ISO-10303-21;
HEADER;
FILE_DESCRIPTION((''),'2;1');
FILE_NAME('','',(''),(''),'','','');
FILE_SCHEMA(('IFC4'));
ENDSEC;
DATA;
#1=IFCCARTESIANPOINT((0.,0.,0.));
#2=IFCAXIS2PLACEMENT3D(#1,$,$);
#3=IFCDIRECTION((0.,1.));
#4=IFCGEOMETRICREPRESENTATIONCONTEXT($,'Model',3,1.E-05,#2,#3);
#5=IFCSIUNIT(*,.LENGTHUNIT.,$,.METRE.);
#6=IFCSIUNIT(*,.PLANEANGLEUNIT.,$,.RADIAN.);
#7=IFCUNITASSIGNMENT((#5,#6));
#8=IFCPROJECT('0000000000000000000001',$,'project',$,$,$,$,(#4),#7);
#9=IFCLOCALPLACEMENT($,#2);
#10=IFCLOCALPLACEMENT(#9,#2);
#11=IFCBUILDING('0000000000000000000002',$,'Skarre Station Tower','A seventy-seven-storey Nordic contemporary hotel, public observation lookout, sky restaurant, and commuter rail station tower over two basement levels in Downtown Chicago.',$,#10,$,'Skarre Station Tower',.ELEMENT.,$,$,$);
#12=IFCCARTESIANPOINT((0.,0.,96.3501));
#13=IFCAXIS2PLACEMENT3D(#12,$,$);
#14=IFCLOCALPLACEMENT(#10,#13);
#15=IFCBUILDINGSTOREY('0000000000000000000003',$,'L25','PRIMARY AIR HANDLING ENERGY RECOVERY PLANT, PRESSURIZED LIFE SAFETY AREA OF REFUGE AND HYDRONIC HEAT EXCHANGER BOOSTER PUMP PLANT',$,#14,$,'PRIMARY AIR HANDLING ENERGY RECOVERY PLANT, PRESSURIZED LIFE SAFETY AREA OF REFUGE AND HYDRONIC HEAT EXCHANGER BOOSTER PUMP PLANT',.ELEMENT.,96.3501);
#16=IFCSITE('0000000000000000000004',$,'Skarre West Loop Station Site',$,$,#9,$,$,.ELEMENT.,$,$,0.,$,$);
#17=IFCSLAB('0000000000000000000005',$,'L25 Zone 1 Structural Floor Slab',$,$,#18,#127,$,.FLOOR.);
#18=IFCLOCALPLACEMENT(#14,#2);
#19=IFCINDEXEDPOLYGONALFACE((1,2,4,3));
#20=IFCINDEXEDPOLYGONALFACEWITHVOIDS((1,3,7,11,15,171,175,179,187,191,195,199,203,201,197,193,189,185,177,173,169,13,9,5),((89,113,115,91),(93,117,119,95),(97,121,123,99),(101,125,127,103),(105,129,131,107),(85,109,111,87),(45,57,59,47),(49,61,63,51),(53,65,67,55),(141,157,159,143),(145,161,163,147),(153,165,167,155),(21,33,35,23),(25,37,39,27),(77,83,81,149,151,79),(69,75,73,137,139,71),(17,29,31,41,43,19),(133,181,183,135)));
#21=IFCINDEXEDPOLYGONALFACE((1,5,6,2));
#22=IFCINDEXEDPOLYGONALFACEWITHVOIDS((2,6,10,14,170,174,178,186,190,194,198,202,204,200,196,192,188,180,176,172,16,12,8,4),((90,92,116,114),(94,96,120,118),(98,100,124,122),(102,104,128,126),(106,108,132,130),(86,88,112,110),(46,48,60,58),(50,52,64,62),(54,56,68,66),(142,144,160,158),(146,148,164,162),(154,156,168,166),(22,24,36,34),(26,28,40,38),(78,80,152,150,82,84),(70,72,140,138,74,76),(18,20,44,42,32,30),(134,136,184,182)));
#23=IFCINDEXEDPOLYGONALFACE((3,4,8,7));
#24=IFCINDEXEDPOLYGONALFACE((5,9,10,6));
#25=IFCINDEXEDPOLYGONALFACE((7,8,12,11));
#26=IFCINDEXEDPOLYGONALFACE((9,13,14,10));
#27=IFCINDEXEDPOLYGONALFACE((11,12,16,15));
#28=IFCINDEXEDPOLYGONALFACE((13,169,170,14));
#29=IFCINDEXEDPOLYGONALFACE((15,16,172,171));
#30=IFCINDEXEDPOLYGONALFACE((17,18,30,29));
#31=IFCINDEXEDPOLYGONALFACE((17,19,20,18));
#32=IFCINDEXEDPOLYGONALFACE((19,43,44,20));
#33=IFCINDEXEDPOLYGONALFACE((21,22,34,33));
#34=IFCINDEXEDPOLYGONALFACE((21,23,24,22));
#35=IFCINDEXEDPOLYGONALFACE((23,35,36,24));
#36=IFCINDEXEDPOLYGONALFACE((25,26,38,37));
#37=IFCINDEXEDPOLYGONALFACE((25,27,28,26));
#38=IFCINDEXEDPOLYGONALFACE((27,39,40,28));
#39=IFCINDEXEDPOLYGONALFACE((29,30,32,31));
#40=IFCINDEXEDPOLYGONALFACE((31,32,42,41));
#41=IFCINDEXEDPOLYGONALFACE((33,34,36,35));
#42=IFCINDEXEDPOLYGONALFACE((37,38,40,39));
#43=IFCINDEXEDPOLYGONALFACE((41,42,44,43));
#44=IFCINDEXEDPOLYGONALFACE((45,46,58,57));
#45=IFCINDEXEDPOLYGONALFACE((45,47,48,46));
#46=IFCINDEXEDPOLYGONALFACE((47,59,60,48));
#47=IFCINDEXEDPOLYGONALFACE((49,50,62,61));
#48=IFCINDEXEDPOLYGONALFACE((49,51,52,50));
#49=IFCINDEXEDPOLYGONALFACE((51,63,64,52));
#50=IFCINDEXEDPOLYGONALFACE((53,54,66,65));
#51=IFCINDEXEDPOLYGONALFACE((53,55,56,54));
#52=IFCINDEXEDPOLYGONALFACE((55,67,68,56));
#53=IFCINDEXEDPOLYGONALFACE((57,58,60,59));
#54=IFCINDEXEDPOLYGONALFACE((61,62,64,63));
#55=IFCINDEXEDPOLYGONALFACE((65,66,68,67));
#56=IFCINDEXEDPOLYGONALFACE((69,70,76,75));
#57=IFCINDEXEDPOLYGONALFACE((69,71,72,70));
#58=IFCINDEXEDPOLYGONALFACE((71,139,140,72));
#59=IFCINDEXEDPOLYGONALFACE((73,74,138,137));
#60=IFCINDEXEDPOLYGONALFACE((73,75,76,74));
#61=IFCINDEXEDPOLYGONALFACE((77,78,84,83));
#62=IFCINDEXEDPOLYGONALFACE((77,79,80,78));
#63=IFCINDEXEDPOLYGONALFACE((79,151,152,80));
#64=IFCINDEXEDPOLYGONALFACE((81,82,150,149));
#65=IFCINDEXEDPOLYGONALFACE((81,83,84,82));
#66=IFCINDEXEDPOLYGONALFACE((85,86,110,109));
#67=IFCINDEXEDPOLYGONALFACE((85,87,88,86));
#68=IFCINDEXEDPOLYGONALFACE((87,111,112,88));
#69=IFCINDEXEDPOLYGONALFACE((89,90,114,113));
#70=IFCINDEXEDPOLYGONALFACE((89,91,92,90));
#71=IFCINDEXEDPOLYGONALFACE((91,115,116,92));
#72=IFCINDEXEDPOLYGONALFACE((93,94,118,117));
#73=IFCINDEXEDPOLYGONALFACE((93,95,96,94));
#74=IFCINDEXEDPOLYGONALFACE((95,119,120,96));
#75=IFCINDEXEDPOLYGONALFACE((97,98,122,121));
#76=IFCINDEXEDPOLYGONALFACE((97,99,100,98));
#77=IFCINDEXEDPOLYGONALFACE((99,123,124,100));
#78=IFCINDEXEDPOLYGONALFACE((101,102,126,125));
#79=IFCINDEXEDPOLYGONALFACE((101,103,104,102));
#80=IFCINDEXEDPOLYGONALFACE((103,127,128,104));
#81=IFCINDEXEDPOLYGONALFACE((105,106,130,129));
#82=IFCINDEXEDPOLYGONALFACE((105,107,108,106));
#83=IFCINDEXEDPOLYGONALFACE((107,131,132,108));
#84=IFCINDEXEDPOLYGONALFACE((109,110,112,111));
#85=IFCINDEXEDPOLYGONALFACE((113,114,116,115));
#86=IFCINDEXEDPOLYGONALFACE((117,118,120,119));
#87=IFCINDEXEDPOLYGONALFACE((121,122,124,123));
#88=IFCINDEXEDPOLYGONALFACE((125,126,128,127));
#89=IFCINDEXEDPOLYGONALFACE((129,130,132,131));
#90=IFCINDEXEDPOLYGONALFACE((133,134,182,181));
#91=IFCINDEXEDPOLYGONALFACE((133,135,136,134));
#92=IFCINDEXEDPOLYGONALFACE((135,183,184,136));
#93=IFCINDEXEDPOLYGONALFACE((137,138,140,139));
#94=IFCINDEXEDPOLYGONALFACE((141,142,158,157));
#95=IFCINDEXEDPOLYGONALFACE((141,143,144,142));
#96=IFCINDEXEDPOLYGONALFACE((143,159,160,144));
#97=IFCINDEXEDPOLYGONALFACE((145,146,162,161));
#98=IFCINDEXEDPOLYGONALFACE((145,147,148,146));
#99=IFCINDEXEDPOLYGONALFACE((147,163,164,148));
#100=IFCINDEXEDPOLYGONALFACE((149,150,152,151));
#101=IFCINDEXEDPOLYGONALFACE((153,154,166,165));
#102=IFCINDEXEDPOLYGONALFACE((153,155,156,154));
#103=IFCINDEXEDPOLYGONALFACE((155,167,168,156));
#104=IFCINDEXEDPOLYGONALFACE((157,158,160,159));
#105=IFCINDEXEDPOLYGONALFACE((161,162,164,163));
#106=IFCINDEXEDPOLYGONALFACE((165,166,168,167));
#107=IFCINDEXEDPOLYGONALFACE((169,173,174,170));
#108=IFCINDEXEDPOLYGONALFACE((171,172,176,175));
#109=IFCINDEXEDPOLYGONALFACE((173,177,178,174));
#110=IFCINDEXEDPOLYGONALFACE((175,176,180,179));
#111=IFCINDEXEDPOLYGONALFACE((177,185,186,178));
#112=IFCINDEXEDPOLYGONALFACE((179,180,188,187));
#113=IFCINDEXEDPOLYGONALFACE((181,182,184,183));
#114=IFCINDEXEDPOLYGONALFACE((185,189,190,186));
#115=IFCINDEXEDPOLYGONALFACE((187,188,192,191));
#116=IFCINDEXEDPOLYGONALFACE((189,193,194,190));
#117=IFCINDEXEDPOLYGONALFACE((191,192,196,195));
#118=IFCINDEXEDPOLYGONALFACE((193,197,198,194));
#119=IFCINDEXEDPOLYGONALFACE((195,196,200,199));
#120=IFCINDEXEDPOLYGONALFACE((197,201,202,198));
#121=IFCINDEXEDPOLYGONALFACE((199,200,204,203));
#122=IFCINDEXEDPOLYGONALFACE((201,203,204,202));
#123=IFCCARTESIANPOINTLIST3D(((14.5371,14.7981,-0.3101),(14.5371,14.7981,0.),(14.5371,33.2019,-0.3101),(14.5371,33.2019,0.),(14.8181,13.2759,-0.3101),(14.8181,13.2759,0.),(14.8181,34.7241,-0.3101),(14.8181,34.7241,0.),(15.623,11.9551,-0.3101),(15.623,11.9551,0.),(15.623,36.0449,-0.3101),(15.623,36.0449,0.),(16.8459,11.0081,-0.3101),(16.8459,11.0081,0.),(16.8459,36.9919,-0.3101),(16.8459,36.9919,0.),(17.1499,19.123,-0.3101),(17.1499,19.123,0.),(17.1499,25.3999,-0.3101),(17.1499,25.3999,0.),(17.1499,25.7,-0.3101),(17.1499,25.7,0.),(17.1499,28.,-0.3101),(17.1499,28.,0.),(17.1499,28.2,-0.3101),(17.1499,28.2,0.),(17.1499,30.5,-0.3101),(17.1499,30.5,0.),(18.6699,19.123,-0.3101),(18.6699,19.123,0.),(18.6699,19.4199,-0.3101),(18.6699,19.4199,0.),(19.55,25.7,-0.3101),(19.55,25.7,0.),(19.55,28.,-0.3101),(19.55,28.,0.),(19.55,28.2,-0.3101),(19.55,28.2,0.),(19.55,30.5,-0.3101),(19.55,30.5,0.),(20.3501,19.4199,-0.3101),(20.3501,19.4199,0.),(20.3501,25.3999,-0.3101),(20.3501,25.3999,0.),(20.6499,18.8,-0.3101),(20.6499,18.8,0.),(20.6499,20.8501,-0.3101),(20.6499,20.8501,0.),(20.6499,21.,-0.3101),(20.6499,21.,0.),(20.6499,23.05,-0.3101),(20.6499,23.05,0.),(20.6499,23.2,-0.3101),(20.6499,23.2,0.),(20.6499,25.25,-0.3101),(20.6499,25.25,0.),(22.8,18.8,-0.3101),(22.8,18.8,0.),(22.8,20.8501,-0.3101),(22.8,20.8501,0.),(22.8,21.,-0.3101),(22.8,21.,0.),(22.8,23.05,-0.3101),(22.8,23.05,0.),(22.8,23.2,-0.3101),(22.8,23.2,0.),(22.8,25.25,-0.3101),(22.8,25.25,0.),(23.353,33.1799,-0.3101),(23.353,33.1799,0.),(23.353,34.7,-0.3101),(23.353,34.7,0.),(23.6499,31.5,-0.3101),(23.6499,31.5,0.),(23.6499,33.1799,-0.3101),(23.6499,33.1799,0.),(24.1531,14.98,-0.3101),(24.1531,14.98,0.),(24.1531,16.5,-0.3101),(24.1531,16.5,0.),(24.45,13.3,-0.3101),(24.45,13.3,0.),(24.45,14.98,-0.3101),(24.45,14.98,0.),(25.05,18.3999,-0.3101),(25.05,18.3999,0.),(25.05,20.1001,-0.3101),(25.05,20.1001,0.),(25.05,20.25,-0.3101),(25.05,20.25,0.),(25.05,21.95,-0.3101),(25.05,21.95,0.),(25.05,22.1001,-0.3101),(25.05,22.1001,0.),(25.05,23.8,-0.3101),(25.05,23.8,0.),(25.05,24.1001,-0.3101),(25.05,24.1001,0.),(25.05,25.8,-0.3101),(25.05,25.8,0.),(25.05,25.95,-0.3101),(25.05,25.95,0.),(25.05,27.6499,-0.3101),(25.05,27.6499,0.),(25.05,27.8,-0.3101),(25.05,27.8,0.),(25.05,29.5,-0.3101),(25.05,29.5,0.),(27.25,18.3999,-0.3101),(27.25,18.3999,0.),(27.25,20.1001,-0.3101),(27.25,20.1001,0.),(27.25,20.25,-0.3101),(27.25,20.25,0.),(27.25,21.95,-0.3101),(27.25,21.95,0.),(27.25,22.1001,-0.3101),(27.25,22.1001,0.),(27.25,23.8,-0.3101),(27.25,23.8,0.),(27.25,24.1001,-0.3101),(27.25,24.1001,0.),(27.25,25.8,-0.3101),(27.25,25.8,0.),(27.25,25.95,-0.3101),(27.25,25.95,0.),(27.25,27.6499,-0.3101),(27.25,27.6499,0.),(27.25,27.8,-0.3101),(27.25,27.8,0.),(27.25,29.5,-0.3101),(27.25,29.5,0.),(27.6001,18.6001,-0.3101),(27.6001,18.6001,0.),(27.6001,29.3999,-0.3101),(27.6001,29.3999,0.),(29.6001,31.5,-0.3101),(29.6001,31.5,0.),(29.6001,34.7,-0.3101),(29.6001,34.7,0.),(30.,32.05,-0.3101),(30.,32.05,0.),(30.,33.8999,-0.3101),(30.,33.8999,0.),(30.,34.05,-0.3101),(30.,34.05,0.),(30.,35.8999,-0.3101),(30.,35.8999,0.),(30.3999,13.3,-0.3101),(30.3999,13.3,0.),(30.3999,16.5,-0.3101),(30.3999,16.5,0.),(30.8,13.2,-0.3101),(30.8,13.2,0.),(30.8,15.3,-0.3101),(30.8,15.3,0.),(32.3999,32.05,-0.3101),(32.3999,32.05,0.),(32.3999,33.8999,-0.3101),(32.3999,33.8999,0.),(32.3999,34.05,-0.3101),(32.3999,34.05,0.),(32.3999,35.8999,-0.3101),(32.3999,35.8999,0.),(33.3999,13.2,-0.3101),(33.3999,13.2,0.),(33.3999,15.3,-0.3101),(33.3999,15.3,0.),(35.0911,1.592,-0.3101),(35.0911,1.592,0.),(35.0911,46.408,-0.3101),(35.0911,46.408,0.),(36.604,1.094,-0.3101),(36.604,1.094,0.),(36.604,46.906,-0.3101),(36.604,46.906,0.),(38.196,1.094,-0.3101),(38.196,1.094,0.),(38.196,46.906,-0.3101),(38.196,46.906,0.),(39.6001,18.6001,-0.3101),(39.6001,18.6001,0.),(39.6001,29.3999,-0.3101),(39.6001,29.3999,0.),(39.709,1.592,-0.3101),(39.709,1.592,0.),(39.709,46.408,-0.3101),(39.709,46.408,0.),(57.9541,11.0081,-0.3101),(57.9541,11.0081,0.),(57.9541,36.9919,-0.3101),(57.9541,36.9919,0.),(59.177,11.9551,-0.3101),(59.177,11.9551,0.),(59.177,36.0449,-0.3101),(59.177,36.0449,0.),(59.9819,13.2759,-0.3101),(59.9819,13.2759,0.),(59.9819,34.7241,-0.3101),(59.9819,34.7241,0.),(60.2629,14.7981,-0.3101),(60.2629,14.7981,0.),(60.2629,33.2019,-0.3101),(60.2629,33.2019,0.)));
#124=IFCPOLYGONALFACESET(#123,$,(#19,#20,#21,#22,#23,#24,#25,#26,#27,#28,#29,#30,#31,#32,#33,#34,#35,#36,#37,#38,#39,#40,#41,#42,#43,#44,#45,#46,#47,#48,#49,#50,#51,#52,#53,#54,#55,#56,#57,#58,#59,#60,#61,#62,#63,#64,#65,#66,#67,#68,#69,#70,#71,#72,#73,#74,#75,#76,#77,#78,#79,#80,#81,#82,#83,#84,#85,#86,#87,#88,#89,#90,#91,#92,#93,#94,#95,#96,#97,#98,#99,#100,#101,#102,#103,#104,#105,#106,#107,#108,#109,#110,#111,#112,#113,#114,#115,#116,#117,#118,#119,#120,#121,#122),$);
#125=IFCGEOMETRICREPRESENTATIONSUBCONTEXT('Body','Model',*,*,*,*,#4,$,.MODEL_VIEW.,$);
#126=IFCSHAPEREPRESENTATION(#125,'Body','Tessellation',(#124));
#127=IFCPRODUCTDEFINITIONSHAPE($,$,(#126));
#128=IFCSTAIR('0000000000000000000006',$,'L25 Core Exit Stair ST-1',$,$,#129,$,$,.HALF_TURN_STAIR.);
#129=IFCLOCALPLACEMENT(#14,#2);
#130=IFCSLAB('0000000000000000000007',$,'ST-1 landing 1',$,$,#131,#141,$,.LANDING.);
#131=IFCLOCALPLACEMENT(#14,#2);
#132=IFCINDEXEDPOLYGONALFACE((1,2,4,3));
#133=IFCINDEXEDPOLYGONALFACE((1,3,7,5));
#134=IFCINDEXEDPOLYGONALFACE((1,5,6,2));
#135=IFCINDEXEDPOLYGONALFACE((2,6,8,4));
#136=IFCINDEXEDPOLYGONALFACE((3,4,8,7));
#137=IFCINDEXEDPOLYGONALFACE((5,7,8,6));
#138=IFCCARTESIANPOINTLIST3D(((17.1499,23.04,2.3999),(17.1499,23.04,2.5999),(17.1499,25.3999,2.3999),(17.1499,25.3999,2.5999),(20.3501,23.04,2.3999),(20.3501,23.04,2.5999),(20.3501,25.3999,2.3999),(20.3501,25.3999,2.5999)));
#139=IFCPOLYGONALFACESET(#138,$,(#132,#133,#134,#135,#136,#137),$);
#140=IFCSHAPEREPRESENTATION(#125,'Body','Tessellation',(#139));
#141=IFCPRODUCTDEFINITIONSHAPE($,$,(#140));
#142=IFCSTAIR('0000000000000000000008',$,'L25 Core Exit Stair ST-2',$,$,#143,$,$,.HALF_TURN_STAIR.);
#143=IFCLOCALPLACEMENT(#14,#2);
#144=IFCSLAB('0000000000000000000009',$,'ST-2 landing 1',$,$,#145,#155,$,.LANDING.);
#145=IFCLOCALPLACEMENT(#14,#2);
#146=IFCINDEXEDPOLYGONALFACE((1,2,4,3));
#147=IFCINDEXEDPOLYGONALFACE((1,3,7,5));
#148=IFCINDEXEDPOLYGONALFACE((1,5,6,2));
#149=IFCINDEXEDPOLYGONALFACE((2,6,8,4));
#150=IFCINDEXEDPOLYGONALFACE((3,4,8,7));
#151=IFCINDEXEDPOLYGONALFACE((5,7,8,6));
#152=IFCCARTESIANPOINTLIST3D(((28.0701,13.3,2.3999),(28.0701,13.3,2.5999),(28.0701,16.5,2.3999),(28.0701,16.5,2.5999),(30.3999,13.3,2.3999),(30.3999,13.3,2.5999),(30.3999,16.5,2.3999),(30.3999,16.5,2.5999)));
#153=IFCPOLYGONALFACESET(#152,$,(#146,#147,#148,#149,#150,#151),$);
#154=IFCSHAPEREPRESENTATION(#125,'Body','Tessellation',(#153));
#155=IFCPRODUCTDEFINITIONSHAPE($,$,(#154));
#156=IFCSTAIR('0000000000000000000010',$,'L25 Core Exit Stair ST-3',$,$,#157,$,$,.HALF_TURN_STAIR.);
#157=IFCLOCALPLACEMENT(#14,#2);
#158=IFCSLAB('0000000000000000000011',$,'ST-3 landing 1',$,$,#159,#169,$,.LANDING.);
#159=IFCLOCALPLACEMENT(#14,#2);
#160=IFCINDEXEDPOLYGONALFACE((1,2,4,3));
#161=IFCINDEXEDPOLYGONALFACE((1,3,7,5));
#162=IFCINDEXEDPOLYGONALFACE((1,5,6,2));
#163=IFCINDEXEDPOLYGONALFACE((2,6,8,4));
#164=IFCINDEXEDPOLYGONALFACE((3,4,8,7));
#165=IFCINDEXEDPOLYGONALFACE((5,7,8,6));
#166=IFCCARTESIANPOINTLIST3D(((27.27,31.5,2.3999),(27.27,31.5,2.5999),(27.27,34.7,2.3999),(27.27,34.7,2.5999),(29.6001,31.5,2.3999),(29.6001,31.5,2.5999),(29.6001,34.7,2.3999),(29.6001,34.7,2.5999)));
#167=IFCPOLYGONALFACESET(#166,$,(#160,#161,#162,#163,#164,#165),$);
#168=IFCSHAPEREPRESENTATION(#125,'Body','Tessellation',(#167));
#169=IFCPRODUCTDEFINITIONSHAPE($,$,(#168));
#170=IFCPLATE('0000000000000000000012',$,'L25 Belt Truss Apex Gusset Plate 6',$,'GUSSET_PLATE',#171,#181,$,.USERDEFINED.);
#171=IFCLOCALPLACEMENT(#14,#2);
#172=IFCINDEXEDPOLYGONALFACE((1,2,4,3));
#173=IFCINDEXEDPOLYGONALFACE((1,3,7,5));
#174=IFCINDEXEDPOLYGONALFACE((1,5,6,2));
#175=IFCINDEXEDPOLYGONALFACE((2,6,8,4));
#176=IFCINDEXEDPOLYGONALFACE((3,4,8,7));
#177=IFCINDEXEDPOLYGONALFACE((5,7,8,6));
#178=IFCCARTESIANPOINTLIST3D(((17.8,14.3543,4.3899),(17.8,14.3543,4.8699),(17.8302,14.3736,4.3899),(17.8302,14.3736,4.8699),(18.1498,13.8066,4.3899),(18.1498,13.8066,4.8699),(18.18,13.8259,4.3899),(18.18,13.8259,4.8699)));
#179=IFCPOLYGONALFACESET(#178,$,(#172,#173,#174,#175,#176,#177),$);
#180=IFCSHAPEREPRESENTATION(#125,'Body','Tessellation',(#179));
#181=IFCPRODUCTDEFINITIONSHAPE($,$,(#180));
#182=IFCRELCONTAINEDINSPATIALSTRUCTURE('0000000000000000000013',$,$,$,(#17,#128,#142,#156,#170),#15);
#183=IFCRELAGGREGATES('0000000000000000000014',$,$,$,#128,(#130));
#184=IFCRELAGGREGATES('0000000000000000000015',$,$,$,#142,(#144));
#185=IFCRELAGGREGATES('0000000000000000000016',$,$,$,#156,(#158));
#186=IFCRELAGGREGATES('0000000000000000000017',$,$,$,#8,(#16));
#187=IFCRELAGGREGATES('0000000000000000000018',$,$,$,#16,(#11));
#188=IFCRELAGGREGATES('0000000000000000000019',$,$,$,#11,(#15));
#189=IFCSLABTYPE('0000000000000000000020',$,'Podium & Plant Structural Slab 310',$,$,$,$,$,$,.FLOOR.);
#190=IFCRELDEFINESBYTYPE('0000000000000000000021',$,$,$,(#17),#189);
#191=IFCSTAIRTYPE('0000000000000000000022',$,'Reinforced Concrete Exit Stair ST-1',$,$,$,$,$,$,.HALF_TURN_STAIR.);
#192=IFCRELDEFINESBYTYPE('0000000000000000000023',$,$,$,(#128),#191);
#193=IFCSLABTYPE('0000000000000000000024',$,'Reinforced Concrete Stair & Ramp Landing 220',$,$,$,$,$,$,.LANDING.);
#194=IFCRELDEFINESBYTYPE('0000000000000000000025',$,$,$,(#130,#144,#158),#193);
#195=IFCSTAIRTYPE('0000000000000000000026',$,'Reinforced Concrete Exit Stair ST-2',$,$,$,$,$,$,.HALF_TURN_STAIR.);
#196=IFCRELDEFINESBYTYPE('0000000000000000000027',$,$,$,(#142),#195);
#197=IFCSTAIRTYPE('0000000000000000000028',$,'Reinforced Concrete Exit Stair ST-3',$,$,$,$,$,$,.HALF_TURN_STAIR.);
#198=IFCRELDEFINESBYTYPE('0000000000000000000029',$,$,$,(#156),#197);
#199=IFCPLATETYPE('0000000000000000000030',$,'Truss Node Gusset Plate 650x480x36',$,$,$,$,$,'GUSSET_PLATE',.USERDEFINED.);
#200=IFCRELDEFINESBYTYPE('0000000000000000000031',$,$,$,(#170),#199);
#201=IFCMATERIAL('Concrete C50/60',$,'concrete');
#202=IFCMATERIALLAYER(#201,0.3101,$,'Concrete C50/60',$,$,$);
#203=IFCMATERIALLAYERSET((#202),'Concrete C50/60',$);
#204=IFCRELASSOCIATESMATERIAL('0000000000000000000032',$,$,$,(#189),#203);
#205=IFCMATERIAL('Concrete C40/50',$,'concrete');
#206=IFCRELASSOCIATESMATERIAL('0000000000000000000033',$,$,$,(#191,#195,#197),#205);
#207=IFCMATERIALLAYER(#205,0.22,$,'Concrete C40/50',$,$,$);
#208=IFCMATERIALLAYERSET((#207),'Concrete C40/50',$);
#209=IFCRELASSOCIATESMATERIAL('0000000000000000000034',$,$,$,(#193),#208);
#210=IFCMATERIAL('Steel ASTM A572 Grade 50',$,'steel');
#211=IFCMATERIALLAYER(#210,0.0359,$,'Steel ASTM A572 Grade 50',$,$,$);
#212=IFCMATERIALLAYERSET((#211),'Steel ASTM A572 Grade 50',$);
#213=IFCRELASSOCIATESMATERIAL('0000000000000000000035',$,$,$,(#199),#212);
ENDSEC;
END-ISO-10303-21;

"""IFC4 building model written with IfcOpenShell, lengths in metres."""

from ifc_helpers import new_model, si_unit, direction, frame, origin, origin_2d, place, context, subcontext, project, spatial, polyline, rectangle, outline, extrude, material, layer, layer_set, type_object, element, aggregate, save


model = new_model("IFC4")

# Units and contexts
model_context = context("Model", 3, precision=1e-05, world=origin(), true_north=direction((0.0, 1.0)))
body_context = subcontext(model_context, "Body", "Model", "MODEL_VIEW")
ifc_project = project(units=[si_unit("LENGTHUNIT", "METRE"), si_unit("PLANEANGLEUNIT", "RADIAN")], contexts=[model_context])

# Site, building, storey
site_placement = place(None, origin())
site = spatial("IfcSite", under=ifc_project, at=site_placement, Name="Skarre West Loop Station Site", CompositionType="ELEMENT", RefElevation=0.0)
building_placement = place(site_placement, origin())
building = spatial("IfcBuilding", under=site, at=building_placement, Name="Skarre Station Tower", Description="A seventy-seven-storey Nordic contemporary hotel, public observation lookout, sky restaurant, and commuter rail station tower over two basement levels in Downtown Chicago.", LongName="Skarre Station Tower", CompositionType="ELEMENT")
storey_placement = place(building_placement, frame((0.0, 0.0, 96.3501)))
storey = spatial("IfcBuildingStorey", under=building, at=storey_placement, Name="L25", Description="PRIMARY AIR HANDLING ENERGY RECOVERY PLANT, PRESSURIZED LIFE SAFETY AREA OF REFUGE AND HYDRONIC HEAT EXCHANGER BOOSTER PUMP PLANT", LongName="PRIMARY AIR HANDLING ENERGY RECOVERY PLANT, PRESSURIZED LIFE SAFETY AREA OF REFUGE AND HYDRONIC HEAT EXCHANGER BOOSTER PUMP PLANT", CompositionType="ELEMENT", Elevation=96.3501)

# Shared definitions
ifc_material_1 = material(Name="Steel ASTM A572 Grade 50", Category="steel")

# Slab
ifc_material_2 = material(Name="Concrete C50/60", Category="concrete")
ifc_layer_1 = layer(ifc_material_2, 0.3101, Name="Concrete C50/60")
ifc_layer_set_1 = layer_set([ifc_layer_1], Name="Concrete C50/60")
slab_type_1 = type_object("IfcSlabType", Name="Podium & Plant Structural Slab 310", PredefinedType="FLOOR", material=ifc_layer_set_1)
slab_1_placement = place(storey_placement, frame((0.0, 0.0, -0.3101)))
element("IfcSlab", 1, at=slab_1_placement, inside=storey, type_object=slab_type_1, Name="L25 Zone 1 Structural Floor Slab", PredefinedType="FLOOR", context=body_context, shape_type="SweptSolid", body=[
    extrude(outline(polyline([(60.2629, 33.2019), (59.9819, 34.7241), (59.177, 36.0449), (57.9541, 36.9919), (39.709, 46.408), (38.196, 46.906), (36.604, 46.906), (35.0911, 46.408), (16.8459, 36.9919), (15.623, 36.0449), (14.8181, 34.7241), (14.5371, 33.2019), (14.5371, 14.7981), (14.8181, 13.2759), (15.623, 11.9551), (16.8459, 11.0081), (35.0911, 1.592), (36.604, 1.094), (38.196, 1.094), (39.709, 1.592), (57.9541, 11.0081), (59.177, 11.9551), (59.9819, 13.2759), (60.2629, 14.7981), (60.2629, 33.2019)]), holes=[polyline([(18.6699, 19.4199), (18.6699, 19.123), (17.1499, 19.123), (17.1499, 25.3999), (20.3501, 25.3999), (20.3501, 19.4199), (18.6699, 19.4199)]), polyline([(24.45, 14.98), (24.1531, 14.98), (24.1531, 16.5), (30.3999, 16.5), (30.3999, 13.3), (24.45, 13.3), (24.45, 14.98)]), polyline([(23.6499, 33.1799), (23.353, 33.1799), (23.353, 34.7), (29.6001, 34.7), (29.6001, 31.5), (23.6499, 31.5), (23.6499, 33.1799)]), polyline([(17.1499, 28.0), (19.55, 28.0), (19.55, 25.7), (17.1499, 25.7), (17.1499, 28.0)]), polyline([(17.1499, 30.5), (19.55, 30.5), (19.55, 28.2), (17.1499, 28.2), (17.1499, 30.5)]), polyline([(30.8, 15.3), (33.3999, 15.3), (33.3999, 13.2), (30.8, 13.2), (30.8, 15.3)]), polyline([(25.05, 20.1001), (27.25, 20.1001), (27.25, 18.3999), (25.05, 18.3999), (25.05, 20.1001)]), polyline([(25.05, 21.95), (27.25, 21.95), (27.25, 20.25), (25.05, 20.25), (25.05, 21.95)]), polyline([(25.05, 23.8), (27.25, 23.8), (27.25, 22.1001), (25.05, 22.1001), (25.05, 23.8)]), polyline([(25.05, 25.8), (27.25, 25.8), (27.25, 24.1001), (25.05, 24.1001), (25.05, 25.8)]), polyline([(25.05, 27.6499), (27.25, 27.6499), (27.25, 25.95), (25.05, 25.95), (25.05, 27.6499)]), polyline([(25.05, 29.5), (27.25, 29.5), (27.25, 27.8), (25.05, 27.8), (25.05, 29.5)]), polyline([(20.6499, 20.8501), (22.8, 20.8501), (22.8, 18.8), (20.6499, 18.8), (20.6499, 20.8501)]), polyline([(20.6499, 23.05), (22.8, 23.05), (22.8, 21.0), (20.6499, 21.0), (20.6499, 23.05)]), polyline([(20.6499, 25.25), (22.8, 25.25), (22.8, 23.2), (20.6499, 23.2), (20.6499, 25.25)]), polyline([(30.0, 33.8999), (32.3999, 33.8999), (32.3999, 32.05), (30.0, 32.05), (30.0, 33.8999)]), polyline([(30.0, 35.8999), (32.3999, 35.8999), (32.3999, 34.05), (30.0, 34.05), (30.0, 35.8999)]), polyline([(27.6001, 29.3999), (39.6001, 29.3999), (39.6001, 18.6001), (27.6001, 18.6001), (27.6001, 29.3999)])]), origin(), (0.0, 0.0, 1.0), 0.3101),
])

# Stairs, slabs
ifc_material_3 = material(Name="Concrete C40/50", Category="concrete")
stair_type_1 = type_object("IfcStairType", Name="Reinforced Concrete Exit Stair ST-1", PredefinedType="HALF_TURN_STAIR", material=ifc_material_3)
stair_1_placement = place(storey_placement, origin())
stair_1 = element("IfcStair", 2, at=stair_1_placement, inside=storey, type_object=stair_type_1, Name="L25 Core Exit Stair ST-1", PredefinedType="HALF_TURN_STAIR")
ifc_layer_2 = layer(ifc_material_3, 0.22, Name="Concrete C40/50")
ifc_layer_set_2 = layer_set([ifc_layer_2], Name="Concrete C40/50")
slab_type_2 = type_object("IfcSlabType", Name="Reinforced Concrete Stair & Ramp Landing 220", PredefinedType="LANDING", material=ifc_layer_set_2)
slab_2_placement = place(storey_placement, frame((0.0, 0.0, 2.3999)))
slab_2 = element("IfcSlab", 3, at=slab_2_placement, type_object=slab_type_2, Name="ST-1 landing 1", PredefinedType="LANDING", context=body_context, shape_type="SweptSolid", body=[
    extrude(outline(polyline([(20.3501, 23.04), (20.3501, 25.3999), (17.1499, 25.3999), (17.1499, 23.04), (20.3501, 23.04)])), origin(), (0.0, 0.0, 1.0), 0.2),
])
aggregate(stair_1, [slab_2])
stair_type_2 = type_object("IfcStairType", Name="Reinforced Concrete Exit Stair ST-2", PredefinedType="HALF_TURN_STAIR", material=ifc_material_3)
stair_2_placement = place(storey_placement, origin())
stair_2 = element("IfcStair", 4, at=stair_2_placement, inside=storey, type_object=stair_type_2, Name="L25 Core Exit Stair ST-2", PredefinedType="HALF_TURN_STAIR")
slab_3_placement = place(storey_placement, frame((0.0, 0.0, 2.3999)))
slab_3 = element("IfcSlab", 5, at=slab_3_placement, type_object=slab_type_2, Name="ST-2 landing 1", PredefinedType="LANDING", context=body_context, shape_type="SweptSolid", body=[
    extrude(outline(polyline([(28.0701, 13.3), (30.3999, 13.3), (30.3999, 16.5), (28.0701, 16.5), (28.0701, 13.3)])), origin(), (0.0, 0.0, 1.0), 0.2),
])
aggregate(stair_2, [slab_3])
stair_type_3 = type_object("IfcStairType", Name="Reinforced Concrete Exit Stair ST-3", PredefinedType="HALF_TURN_STAIR", material=ifc_material_3)
stair_3_placement = place(storey_placement, origin())
stair_3 = element("IfcStair", 6, at=stair_3_placement, inside=storey, type_object=stair_type_3, Name="L25 Core Exit Stair ST-3", PredefinedType="HALF_TURN_STAIR")
slab_4_placement = place(storey_placement, frame((0.0, 0.0, 2.3999)))
slab_4 = element("IfcSlab", 7, at=slab_4_placement, type_object=slab_type_2, Name="ST-3 landing 1", PredefinedType="LANDING", context=body_context, shape_type="SweptSolid", body=[
    extrude(outline(polyline([(27.27, 31.5), (29.6001, 31.5), (29.6001, 34.7), (27.27, 34.7), (27.27, 31.5)])), origin(), (0.0, 0.0, 1.0), 0.2),
])
aggregate(stair_3, [slab_4])

# Plate
ifc_layer_3 = layer(ifc_material_1, 0.0359, Name="Steel ASTM A572 Grade 50")
ifc_layer_set_3 = layer_set([ifc_layer_3], Name="Steel ASTM A572 Grade 50")
plate_type_1 = type_object("IfcPlateType", Name="Truss Node Gusset Plate 650x480x36", ElementType="GUSSET_PLATE", PredefinedType="USERDEFINED", material=ifc_layer_set_3)
plate_1_placement = place(storey_placement, frame((17.99, 14.0901, 4.3899), z_axis=(0.0, 0.0, 1.0), x_axis=(0.538285, -0.842763, 0.0)))
element("IfcPlate", 8, at=plate_1_placement, inside=storey, type_object=plate_type_1, Name="L25 Belt Truss Apex Gusset Plate 6", ObjectType="GUSSET_PLATE", PredefinedType="USERDEFINED", context=body_context, shape_type="SweptSolid", body=[
    extrude(rectangle(XDim=0.6499, YDim=0.0359, at=origin_2d()), origin(), (0.0, 0.0, 1.0), 0.48),
])

save(model, "model.ifc")
